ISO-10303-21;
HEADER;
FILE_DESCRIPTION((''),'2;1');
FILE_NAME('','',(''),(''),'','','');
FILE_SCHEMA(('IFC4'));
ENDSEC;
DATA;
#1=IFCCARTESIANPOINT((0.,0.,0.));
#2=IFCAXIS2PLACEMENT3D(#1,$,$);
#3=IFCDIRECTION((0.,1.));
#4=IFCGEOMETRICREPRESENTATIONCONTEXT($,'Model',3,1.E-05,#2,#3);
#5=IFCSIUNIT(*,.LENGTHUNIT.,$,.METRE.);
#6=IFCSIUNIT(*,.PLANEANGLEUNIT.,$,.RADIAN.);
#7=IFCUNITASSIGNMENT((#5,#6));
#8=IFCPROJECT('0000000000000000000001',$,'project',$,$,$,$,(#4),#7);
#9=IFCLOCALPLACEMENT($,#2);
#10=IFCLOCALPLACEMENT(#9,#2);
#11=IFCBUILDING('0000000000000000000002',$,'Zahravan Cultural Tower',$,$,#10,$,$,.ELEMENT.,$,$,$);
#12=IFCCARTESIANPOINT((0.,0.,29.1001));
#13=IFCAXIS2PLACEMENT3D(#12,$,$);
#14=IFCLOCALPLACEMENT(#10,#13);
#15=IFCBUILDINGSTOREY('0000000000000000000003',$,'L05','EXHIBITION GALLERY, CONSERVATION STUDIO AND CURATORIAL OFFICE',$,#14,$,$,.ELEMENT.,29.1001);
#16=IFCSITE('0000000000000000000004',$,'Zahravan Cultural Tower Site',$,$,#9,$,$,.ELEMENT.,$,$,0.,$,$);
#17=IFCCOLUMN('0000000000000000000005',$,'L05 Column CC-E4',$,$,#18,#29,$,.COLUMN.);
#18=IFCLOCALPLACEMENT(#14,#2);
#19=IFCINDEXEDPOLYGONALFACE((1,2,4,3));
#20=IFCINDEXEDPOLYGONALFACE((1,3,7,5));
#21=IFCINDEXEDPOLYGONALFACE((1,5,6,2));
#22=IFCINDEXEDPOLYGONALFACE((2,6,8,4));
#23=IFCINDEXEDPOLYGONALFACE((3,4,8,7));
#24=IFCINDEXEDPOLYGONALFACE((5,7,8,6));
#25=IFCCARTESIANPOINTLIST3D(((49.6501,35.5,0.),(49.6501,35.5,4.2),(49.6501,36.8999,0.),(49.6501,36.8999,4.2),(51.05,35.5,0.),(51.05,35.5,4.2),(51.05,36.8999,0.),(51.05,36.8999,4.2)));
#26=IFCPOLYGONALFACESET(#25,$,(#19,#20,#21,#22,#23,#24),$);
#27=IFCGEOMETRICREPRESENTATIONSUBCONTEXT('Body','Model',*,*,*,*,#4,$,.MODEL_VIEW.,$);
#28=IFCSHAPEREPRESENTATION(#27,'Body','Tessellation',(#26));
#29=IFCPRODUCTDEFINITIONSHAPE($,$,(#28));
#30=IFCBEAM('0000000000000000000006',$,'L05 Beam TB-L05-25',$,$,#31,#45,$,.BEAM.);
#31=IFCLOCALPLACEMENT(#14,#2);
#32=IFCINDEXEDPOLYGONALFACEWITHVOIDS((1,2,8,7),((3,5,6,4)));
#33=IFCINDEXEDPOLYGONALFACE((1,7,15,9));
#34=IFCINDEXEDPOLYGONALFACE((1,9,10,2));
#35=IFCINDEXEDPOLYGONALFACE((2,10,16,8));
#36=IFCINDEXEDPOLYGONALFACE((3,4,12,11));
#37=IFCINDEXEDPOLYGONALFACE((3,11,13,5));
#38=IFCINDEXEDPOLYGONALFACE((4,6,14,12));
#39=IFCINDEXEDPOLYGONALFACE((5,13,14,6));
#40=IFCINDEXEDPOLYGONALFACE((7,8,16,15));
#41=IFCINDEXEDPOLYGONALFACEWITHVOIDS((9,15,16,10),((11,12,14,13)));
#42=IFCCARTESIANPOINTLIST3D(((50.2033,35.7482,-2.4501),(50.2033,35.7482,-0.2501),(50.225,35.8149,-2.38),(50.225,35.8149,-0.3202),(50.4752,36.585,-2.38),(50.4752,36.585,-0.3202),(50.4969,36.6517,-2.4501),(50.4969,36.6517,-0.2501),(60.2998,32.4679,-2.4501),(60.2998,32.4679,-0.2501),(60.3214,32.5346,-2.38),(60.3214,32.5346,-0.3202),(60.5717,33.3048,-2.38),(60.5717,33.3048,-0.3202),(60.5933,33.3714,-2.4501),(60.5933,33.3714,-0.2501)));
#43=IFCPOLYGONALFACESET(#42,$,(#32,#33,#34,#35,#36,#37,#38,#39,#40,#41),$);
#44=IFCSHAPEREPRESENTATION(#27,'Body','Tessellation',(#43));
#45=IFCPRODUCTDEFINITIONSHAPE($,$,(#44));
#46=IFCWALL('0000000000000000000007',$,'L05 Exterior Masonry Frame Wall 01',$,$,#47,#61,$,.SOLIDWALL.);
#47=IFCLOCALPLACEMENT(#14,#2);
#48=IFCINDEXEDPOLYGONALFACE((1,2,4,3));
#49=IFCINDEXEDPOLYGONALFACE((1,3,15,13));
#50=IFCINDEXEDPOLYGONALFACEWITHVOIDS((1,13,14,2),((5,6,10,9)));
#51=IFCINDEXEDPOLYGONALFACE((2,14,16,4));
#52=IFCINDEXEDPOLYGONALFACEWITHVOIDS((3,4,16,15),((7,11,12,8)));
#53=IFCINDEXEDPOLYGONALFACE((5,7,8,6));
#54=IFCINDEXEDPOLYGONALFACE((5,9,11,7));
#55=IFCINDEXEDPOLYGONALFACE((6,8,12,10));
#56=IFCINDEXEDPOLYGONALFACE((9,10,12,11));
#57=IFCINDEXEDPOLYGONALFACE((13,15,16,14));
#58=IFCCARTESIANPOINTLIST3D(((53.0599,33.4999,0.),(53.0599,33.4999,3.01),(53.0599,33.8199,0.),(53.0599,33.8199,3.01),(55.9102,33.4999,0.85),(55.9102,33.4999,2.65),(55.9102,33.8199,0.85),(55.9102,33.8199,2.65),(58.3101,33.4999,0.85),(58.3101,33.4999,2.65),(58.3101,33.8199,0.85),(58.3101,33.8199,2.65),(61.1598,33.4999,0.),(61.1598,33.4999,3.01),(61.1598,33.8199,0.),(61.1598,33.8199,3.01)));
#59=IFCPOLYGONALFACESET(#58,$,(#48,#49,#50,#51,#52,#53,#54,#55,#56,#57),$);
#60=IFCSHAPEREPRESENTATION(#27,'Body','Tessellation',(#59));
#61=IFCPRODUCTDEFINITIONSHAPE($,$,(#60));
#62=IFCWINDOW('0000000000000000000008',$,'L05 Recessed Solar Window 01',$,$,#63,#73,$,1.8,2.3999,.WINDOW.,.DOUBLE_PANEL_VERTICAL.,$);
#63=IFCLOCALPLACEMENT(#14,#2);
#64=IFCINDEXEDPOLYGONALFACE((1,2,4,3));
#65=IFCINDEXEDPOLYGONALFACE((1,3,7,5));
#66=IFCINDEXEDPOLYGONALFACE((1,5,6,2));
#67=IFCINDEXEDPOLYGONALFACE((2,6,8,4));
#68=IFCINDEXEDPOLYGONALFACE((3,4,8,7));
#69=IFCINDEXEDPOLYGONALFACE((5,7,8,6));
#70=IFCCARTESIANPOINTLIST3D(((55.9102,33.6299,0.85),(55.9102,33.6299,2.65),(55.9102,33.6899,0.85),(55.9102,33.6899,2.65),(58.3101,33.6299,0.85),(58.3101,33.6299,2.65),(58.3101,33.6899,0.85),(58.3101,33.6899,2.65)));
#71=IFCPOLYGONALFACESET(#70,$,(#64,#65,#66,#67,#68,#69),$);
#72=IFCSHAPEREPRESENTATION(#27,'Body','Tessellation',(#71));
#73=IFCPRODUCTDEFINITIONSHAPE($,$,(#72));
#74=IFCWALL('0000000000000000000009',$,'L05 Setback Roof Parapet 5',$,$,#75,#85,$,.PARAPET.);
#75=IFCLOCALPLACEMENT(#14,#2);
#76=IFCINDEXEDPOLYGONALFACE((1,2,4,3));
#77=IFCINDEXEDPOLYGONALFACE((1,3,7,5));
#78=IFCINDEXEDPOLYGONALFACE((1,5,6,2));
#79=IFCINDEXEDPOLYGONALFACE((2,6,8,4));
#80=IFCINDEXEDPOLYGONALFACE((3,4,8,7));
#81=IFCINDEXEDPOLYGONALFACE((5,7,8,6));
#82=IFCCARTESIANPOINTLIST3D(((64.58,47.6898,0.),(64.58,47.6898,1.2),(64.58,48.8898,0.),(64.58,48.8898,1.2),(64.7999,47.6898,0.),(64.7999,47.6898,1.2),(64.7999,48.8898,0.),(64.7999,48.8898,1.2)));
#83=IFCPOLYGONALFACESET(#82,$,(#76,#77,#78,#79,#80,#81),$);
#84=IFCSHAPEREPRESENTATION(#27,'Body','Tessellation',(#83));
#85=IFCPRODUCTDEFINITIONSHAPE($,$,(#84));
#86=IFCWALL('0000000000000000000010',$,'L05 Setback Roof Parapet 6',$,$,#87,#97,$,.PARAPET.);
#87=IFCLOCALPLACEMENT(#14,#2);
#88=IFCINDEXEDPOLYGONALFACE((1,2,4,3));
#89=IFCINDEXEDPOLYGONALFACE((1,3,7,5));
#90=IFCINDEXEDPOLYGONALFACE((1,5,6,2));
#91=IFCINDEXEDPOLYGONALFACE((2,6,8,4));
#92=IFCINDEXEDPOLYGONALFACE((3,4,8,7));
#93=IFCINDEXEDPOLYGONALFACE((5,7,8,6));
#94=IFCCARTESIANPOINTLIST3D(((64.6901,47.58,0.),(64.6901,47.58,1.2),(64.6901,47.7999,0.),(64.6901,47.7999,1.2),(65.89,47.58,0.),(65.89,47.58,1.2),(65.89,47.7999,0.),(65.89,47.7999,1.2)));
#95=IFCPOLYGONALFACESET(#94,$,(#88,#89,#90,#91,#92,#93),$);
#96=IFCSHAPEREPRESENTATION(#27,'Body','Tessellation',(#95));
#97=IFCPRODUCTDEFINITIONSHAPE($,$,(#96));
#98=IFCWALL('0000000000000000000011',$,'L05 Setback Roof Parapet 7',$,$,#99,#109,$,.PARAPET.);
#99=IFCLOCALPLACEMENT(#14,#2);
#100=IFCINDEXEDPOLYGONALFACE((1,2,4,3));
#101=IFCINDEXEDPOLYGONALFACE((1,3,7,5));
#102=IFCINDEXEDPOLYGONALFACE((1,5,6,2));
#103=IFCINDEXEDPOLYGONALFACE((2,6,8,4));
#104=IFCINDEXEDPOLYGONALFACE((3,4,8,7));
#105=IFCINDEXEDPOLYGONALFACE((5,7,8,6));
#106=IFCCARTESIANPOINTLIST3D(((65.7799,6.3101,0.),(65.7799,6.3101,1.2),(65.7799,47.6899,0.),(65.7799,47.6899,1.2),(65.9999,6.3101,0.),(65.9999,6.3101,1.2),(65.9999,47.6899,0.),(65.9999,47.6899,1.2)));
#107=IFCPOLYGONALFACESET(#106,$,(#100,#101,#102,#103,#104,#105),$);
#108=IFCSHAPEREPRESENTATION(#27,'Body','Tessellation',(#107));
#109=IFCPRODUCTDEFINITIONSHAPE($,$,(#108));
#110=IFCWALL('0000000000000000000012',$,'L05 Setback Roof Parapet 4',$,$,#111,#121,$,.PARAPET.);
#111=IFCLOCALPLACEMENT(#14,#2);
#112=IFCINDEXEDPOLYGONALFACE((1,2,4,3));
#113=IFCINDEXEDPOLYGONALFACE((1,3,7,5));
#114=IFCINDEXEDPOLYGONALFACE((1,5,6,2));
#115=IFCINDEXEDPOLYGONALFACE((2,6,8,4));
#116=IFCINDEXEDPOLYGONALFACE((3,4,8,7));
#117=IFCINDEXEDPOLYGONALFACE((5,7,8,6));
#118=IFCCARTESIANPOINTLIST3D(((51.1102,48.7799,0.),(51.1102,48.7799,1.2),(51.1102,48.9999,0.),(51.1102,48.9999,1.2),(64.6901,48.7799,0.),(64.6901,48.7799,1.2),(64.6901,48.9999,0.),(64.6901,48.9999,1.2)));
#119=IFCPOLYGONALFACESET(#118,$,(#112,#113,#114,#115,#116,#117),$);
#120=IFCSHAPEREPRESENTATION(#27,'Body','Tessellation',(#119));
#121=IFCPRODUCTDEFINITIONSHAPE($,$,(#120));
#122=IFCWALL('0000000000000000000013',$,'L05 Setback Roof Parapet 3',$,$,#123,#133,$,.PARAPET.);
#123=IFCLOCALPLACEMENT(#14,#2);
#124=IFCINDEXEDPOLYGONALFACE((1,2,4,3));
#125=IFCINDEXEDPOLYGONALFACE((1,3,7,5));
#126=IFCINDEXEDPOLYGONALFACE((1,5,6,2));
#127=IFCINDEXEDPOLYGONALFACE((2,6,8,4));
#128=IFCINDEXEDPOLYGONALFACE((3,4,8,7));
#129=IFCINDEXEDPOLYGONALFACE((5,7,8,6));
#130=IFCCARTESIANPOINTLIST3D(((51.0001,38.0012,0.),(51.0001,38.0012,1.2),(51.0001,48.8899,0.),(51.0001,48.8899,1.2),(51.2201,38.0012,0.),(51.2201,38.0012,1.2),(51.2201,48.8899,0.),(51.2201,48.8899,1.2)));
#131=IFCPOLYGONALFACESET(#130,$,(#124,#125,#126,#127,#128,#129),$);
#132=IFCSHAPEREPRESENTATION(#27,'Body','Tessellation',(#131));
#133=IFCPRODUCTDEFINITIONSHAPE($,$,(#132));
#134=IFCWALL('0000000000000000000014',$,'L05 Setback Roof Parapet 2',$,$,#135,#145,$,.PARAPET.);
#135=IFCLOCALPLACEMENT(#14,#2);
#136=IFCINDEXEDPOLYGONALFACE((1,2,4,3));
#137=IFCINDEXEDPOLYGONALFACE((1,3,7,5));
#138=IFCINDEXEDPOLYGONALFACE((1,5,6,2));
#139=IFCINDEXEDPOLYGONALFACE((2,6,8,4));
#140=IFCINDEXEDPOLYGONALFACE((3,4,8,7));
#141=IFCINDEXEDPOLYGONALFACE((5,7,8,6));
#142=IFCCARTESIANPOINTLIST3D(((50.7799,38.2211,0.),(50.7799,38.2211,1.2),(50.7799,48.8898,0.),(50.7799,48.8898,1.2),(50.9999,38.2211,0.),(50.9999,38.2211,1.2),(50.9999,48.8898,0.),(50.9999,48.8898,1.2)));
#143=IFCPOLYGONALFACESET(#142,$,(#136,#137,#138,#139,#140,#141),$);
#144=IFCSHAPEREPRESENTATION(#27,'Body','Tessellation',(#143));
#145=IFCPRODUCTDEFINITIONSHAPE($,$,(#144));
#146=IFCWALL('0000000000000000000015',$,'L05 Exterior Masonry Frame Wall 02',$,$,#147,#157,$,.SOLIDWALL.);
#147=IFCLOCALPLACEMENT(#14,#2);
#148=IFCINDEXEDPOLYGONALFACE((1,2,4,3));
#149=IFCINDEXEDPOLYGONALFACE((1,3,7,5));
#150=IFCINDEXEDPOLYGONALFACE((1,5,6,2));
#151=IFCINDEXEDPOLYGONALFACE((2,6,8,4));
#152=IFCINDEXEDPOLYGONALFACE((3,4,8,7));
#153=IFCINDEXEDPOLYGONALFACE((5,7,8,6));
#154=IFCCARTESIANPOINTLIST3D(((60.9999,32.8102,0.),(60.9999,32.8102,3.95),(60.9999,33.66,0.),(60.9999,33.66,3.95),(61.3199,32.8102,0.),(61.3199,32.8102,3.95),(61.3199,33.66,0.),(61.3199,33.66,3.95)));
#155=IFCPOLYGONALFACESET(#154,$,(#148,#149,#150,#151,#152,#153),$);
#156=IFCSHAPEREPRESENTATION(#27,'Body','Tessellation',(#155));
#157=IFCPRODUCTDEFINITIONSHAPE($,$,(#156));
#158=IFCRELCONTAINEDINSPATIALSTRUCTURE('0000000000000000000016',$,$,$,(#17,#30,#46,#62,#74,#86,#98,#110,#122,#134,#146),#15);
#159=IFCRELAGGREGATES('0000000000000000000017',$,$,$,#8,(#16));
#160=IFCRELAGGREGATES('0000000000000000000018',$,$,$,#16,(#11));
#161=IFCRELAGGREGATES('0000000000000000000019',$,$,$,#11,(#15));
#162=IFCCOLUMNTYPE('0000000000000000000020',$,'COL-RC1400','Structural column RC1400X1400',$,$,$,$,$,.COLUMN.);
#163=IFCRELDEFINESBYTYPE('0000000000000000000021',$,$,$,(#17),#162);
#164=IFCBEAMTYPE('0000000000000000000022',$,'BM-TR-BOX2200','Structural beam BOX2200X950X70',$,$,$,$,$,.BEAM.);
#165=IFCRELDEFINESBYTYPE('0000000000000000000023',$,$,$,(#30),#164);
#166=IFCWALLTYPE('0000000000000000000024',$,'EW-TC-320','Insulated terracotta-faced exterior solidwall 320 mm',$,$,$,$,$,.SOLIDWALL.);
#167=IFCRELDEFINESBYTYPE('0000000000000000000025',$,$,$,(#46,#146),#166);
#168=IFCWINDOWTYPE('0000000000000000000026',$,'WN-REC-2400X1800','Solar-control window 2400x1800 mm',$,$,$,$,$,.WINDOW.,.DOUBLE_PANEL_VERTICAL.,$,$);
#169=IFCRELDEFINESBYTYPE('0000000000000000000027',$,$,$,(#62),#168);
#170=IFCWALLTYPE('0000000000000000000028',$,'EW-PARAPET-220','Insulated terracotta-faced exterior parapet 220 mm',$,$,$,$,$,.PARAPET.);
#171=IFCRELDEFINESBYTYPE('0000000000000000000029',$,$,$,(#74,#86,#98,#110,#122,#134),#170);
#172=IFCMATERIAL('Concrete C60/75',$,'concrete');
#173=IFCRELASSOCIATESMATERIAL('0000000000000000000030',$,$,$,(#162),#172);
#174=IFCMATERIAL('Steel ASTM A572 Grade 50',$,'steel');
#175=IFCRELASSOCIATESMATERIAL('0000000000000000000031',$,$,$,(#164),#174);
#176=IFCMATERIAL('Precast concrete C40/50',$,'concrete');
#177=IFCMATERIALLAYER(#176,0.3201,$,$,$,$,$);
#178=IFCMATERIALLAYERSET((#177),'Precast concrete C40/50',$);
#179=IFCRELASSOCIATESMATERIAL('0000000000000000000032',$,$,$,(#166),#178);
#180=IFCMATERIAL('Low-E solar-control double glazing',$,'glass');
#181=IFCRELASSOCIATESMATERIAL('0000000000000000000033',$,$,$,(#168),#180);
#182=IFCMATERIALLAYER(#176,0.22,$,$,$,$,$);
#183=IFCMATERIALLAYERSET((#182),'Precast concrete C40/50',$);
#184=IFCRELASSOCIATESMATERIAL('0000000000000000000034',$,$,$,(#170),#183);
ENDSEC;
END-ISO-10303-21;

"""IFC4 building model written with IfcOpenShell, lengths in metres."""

from ifc_helpers import new_model, si_unit, direction, frame, frame_2d, origin, origin_2d, place, context, subcontext, project, spatial, rectangle, hollow_rectangle, extrude, source, transform, mapped, material, layer, layer_set, material_profile, profile_set, type_object, element, fill, save


model = new_model("IFC4")

# Units and contexts
model_context = context("Model", 3, precision=1e-05, world=origin(), true_north=direction((0.0, 1.0)))
body_context = subcontext(model_context, "Body", "Model", "MODEL_VIEW")
ifc_project = project(units=[si_unit("LENGTHUNIT", "METRE"), si_unit("PLANEANGLEUNIT", "RADIAN")], contexts=[model_context])

# Site, building, storey
site_placement = place(None, origin())
site = spatial("IfcSite", under=ifc_project, at=site_placement, Name="Zahravan Cultural Tower Site", CompositionType="ELEMENT", RefElevation=0.0)
building_placement = place(site_placement, origin())
building = spatial("IfcBuilding", under=site, at=building_placement, Name="Zahravan Cultural Tower", CompositionType="ELEMENT")
storey_placement = place(building_placement, frame((0.0, 0.0, 29.1001)))
storey = spatial("IfcBuildingStorey", under=building, at=storey_placement, Name="L05", Description="EXHIBITION GALLERY, CONSERVATION STUDIO AND CURATORIAL OFFICE", CompositionType="ELEMENT", Elevation=29.1001)

# Column
ifc_material_1 = material(Name="Concrete C60/75", Category="concrete")
ifc_material_profile_1 = material_profile(ifc_material_1, rectangle(XDim=1.3999, YDim=1.3999, at=origin_2d()), Name="RC1400X1400")
ifc_profile_set_1 = profile_set([ifc_material_profile_1], Name="Concrete C60/75")
column_type = type_object("IfcColumnType", Name="COL-RC1400", Description="Structural column RC1400X1400", PredefinedType="COLUMN", material=ifc_profile_set_1)
shared_shape_1 = source(origin(), body_context, "Body", "SweptSolid", [
    extrude(rectangle(XDim=1.3999, YDim=1.3999, at=origin_2d()), origin(), (0.0, 0.0, 1.0), 4.2),
])
column_placement = place(storey_placement, frame((50.3501, 36.2, 0.0), z_axis=(0.0, 0.0, 1.0), x_axis=(1.0, 0.0, 0.0)))
element("IfcColumn", 1, at=column_placement, inside=storey, type_object=column_type, Name="L05 Column CC-E4", PredefinedType="COLUMN", context=body_context, shape_type="MappedRepresentation", body=[
    mapped(shared_shape_1, transform((0.0, 0.0, 0.0), x_axis=(1.0, 0.0, 0.0), y_axis=(0.0, 1.0, 0.0), z_axis=(0.0, 0.0, 1.0), scale=1.0)),
])

# Beam
ifc_material_2 = material(Name="Steel ASTM A572 Grade 50", Category="steel")
ifc_material_profile_2 = material_profile(ifc_material_2, hollow_rectangle(XDim=0.95, YDim=2.2, WallThickness=0.0701, at=origin_2d()), Name="BOX2200X950X70")
ifc_profile_set_2 = profile_set([ifc_material_profile_2], Name="Steel ASTM A572 Grade 50")
beam_type = type_object("IfcBeamType", Name="BM-TR-BOX2200", Description="Structural beam BOX2200X950X70", PredefinedType="BEAM", material=ifc_profile_set_2)
shared_shape_2 = source(origin(), body_context, "Body", "SweptSolid", [
    extrude(hollow_rectangle(XDim=0.95, YDim=2.2, WallThickness=0.0701, at=origin_2d()), origin(), (0.0, 0.0, 1.0), 10.616),
])
beam_placement = place(storey_placement, frame((50.3501, 36.2, -1.3501), z_axis=(0.951064, -0.308995, 0.0), x_axis=(0.308995, 0.951064, 0.0)))
element("IfcBeam", 2, at=beam_placement, inside=storey, type_object=beam_type, Name="L05 Beam TB-L05-25", PredefinedType="BEAM", context=body_context, shape_type="MappedRepresentation", body=[
    mapped(shared_shape_2, transform((0.0, 0.0, 0.0), x_axis=(1.0, 0.0, 0.0), y_axis=(0.0, 1.0, 0.0), z_axis=(0.0, 0.0, 1.0), scale=1.0)),
])

# Wall, opening, window
ifc_material_3 = material(Name="Precast concrete C40/50", Category="concrete")
ifc_layer_1 = layer(ifc_material_3, 0.3201)
ifc_layer_set_1 = layer_set([ifc_layer_1], Name="Precast concrete C40/50")
wall_type_1 = type_object("IfcWallType", Name="EW-TC-320", Description="Insulated terracotta-faced exterior solidwall 320 mm", PredefinedType="SOLIDWALL", material=ifc_layer_set_1)
wall_1_placement = place(storey_placement, frame((53.0601, 33.6599, 0.0), z_axis=(0.0, 0.0, 1.0), x_axis=(1.0, 0.0, 0.0)))
wall_1 = element("IfcWall", 3, at=wall_1_placement, inside=storey, type_object=wall_type_1, Name="L05 Exterior Masonry Frame Wall 01", PredefinedType="SOLIDWALL", context=body_context, shape_type="SweptSolid", body=[
    extrude(rectangle(XDim=8.0999, YDim=0.3201, at=frame_2d((4.0498, 0.0))), origin(), (0.0, 0.0, 1.0), 3.01),
])
opening_placement = place(wall_1_placement, frame((2.8501, 0.0, 0.8501)))
opening = element("IfcOpeningElement", 4, at=opening_placement, cuts=wall_1, PredefinedType="OPENING", context=body_context, shape_type="SweptSolid", body=[
    extrude(rectangle(XDim=2.3999, YDim=1.8, at=frame_2d((1.2, 0.8999))), frame((0.0, 0.1699, 0.0), z_axis=(0.0, -1.0, 0.0), x_axis=(1.0, 0.0, 0.0)), (0.0, 0.0, 1.0), 0.3401),
])
ifc_material_4 = material(Name="Low-E solar-control double glazing", Category="glass")
window_type = type_object("IfcWindowType", Name="WN-REC-2400X1800", Description="Solar-control window 2400x1800 mm", PartitioningType="DOUBLE_PANEL_VERTICAL", PredefinedType="WINDOW", material=ifc_material_4)
shared_shape_3 = source(origin(), body_context, "Body", "SweptSolid", [
    extrude(rectangle(XDim=2.3999, YDim=1.8, at=frame_2d((1.2, 0.8999))), frame((0.0, 0.03, 0.0), z_axis=(0.0, -1.0, 0.0), x_axis=(1.0, 0.0, 0.0)), (0.0, 0.0, 1.0), 0.0601),
])
window_placement = place(opening_placement, origin())
window = element("IfcWindow", 5, at=window_placement, inside=storey, type_object=window_type, Name="L05 Recessed Solar Window 01", OverallHeight=1.8, OverallWidth=2.3999, PartitioningType="DOUBLE_PANEL_VERTICAL", PredefinedType="WINDOW", context=body_context, shape_type="MappedRepresentation", body=[
    mapped(shared_shape_3, transform((0.0, 0.0, 0.0), x_axis=(1.0, 0.0, 0.0), y_axis=(0.0, 1.0, 0.0), z_axis=(0.0, 0.0, 1.0), scale=1.0)),
])
fill(opening, window)

# Walls
ifc_layer_2 = layer(ifc_material_3, 0.22)
ifc_layer_set_2 = layer_set([ifc_layer_2], Name="Precast concrete C40/50")
wall_type_2 = type_object("IfcWallType", Name="EW-PARAPET-220", Description="Insulated terracotta-faced exterior parapet 220 mm", PredefinedType="PARAPET", material=ifc_layer_set_2)
shared_shape_4 = source(origin(), body_context, "Body", "SweptSolid", [
    extrude(rectangle(XDim=1.2, YDim=0.22, at=frame_2d((0.6001, 0.0))), origin(), (0.0, 0.0, 1.0), 1.2),
])
for number, where, z_axis, x_axis, name in (
    (6, (64.6899, 48.8899, 0.0), (0.0, 0.0, 1.0), (0.0, -1.0, 0.0), "L05 Setback Roof Parapet 5"),
    (7, (64.6899, 47.6899, 0.0), (0.0, 0.0, 1.0), (1.0, 0.0, 0.0), "L05 Setback Roof Parapet 6"),
):
    element("IfcWall", number, at=place(storey_placement, frame(where, z_axis=z_axis, x_axis=x_axis)), inside=storey, type_object=wall_type_2, Name=name, PredefinedType="PARAPET", context=body_context, shape_type="MappedRepresentation", body=[
        mapped(shared_shape_4, transform((0.0, 0.0, 0.0), x_axis=(1.0, 0.0, 0.0), y_axis=(0.0, 1.0, 0.0), z_axis=(0.0, 0.0, 1.0), scale=1.0)),
    ])
shared_shape_5 = source(origin(), body_context, "Body", "SweptSolid", [
    extrude(rectangle(XDim=41.3799, YDim=0.22, at=frame_2d((20.6899, 0.0))), origin(), (0.0, 0.0, 1.0), 1.2),
])
wall_2_placement = place(storey_placement, frame((65.8899, 47.6899, 0.0), z_axis=(0.0, 0.0, 1.0), x_axis=(0.0, -1.0, 0.0)))
element("IfcWall", 8, at=wall_2_placement, inside=storey, type_object=wall_type_2, Name="L05 Setback Roof Parapet 7", PredefinedType="PARAPET", context=body_context, shape_type="MappedRepresentation", body=[
    mapped(shared_shape_5, transform((0.0, 0.0, 0.0), x_axis=(1.0, 0.0, 0.0), y_axis=(0.0, 1.0, 0.0), z_axis=(0.0, 0.0, 1.0), scale=1.0)),
])
shared_shape_6 = source(origin(), body_context, "Body", "SweptSolid", [
    extrude(rectangle(XDim=13.5798, YDim=0.22, at=frame_2d((6.79, 0.0))), origin(), (0.0, 0.0, 1.0), 1.2),
])
wall_3_placement = place(storey_placement, frame((51.1101, 48.8899, 0.0), z_axis=(0.0, 0.0, 1.0), x_axis=(1.0, 0.0, 0.0)))
element("IfcWall", 9, at=wall_3_placement, inside=storey, type_object=wall_type_2, Name="L05 Setback Roof Parapet 4", PredefinedType="PARAPET", context=body_context, shape_type="MappedRepresentation", body=[
    mapped(shared_shape_6, transform((0.0, 0.0, 0.0), x_axis=(1.0, 0.0, 0.0), y_axis=(0.0, 1.0, 0.0), z_axis=(0.0, 0.0, 1.0), scale=1.0)),
])
shared_shape_7 = source(origin(), body_context, "Body", "SweptSolid", [
    extrude(rectangle(XDim=10.8887, YDim=0.22, at=frame_2d((5.4443, 0.0))), origin(), (0.0, 0.0, 1.0), 1.2),
])
wall_4_placement = place(storey_placement, frame((51.1101, 38.0012, 0.0), z_axis=(0.0, 0.0, 1.0), x_axis=(0.0, 1.0, 0.0)))
element("IfcWall", 10, at=wall_4_placement, inside=storey, type_object=wall_type_2, Name="L05 Setback Roof Parapet 3", PredefinedType="PARAPET", context=body_context, shape_type="MappedRepresentation", body=[
    mapped(shared_shape_7, transform((0.0, 0.0, 0.0), x_axis=(1.0, 0.0, 0.0), y_axis=(0.0, 1.0, 0.0), z_axis=(0.0, 0.0, 1.0), scale=1.0)),
])
shared_shape_8 = source(origin(), body_context, "Body", "SweptSolid", [
    extrude(rectangle(XDim=10.6687, YDim=0.22, at=frame_2d((5.3345, 0.0))), origin(), (0.0, 0.0, 1.0), 1.2),
])
wall_5_placement = place(storey_placement, frame((50.8899, 48.8899, 0.0), z_axis=(0.0, 0.0, 1.0), x_axis=(0.0, -1.0, 0.0)))
element("IfcWall", 11, at=wall_5_placement, inside=storey, type_object=wall_type_2, Name="L05 Setback Roof Parapet 2", PredefinedType="PARAPET", context=body_context, shape_type="MappedRepresentation", body=[
    mapped(shared_shape_8, transform((0.0, 0.0, 0.0), x_axis=(1.0, 0.0, 0.0), y_axis=(0.0, 1.0, 0.0), z_axis=(0.0, 0.0, 1.0), scale=1.0)),
])
shared_shape_9 = source(origin(), body_context, "Body", "SweptSolid", [
    extrude(rectangle(XDim=0.8499, YDim=0.3201, at=frame_2d((0.4248, 0.0))), origin(), (0.0, 0.0, 1.0), 3.95),
])
wall_6_placement = place(storey_placement, frame((61.1599, 33.6599, 0.0), z_axis=(0.0, 0.0, 1.0), x_axis=(0.0, -1.0, 0.0)))
element("IfcWall", 12, at=wall_6_placement, inside=storey, type_object=wall_type_1, Name="L05 Exterior Masonry Frame Wall 02", PredefinedType="SOLIDWALL", context=body_context, shape_type="MappedRepresentation", body=[
    mapped(shared_shape_9, transform((0.0, 0.0, 0.0), x_axis=(1.0, 0.0, 0.0), y_axis=(0.0, 1.0, 0.0), z_axis=(0.0, 0.0, 1.0), scale=1.0)),
])

save(model, "model.ifc")
